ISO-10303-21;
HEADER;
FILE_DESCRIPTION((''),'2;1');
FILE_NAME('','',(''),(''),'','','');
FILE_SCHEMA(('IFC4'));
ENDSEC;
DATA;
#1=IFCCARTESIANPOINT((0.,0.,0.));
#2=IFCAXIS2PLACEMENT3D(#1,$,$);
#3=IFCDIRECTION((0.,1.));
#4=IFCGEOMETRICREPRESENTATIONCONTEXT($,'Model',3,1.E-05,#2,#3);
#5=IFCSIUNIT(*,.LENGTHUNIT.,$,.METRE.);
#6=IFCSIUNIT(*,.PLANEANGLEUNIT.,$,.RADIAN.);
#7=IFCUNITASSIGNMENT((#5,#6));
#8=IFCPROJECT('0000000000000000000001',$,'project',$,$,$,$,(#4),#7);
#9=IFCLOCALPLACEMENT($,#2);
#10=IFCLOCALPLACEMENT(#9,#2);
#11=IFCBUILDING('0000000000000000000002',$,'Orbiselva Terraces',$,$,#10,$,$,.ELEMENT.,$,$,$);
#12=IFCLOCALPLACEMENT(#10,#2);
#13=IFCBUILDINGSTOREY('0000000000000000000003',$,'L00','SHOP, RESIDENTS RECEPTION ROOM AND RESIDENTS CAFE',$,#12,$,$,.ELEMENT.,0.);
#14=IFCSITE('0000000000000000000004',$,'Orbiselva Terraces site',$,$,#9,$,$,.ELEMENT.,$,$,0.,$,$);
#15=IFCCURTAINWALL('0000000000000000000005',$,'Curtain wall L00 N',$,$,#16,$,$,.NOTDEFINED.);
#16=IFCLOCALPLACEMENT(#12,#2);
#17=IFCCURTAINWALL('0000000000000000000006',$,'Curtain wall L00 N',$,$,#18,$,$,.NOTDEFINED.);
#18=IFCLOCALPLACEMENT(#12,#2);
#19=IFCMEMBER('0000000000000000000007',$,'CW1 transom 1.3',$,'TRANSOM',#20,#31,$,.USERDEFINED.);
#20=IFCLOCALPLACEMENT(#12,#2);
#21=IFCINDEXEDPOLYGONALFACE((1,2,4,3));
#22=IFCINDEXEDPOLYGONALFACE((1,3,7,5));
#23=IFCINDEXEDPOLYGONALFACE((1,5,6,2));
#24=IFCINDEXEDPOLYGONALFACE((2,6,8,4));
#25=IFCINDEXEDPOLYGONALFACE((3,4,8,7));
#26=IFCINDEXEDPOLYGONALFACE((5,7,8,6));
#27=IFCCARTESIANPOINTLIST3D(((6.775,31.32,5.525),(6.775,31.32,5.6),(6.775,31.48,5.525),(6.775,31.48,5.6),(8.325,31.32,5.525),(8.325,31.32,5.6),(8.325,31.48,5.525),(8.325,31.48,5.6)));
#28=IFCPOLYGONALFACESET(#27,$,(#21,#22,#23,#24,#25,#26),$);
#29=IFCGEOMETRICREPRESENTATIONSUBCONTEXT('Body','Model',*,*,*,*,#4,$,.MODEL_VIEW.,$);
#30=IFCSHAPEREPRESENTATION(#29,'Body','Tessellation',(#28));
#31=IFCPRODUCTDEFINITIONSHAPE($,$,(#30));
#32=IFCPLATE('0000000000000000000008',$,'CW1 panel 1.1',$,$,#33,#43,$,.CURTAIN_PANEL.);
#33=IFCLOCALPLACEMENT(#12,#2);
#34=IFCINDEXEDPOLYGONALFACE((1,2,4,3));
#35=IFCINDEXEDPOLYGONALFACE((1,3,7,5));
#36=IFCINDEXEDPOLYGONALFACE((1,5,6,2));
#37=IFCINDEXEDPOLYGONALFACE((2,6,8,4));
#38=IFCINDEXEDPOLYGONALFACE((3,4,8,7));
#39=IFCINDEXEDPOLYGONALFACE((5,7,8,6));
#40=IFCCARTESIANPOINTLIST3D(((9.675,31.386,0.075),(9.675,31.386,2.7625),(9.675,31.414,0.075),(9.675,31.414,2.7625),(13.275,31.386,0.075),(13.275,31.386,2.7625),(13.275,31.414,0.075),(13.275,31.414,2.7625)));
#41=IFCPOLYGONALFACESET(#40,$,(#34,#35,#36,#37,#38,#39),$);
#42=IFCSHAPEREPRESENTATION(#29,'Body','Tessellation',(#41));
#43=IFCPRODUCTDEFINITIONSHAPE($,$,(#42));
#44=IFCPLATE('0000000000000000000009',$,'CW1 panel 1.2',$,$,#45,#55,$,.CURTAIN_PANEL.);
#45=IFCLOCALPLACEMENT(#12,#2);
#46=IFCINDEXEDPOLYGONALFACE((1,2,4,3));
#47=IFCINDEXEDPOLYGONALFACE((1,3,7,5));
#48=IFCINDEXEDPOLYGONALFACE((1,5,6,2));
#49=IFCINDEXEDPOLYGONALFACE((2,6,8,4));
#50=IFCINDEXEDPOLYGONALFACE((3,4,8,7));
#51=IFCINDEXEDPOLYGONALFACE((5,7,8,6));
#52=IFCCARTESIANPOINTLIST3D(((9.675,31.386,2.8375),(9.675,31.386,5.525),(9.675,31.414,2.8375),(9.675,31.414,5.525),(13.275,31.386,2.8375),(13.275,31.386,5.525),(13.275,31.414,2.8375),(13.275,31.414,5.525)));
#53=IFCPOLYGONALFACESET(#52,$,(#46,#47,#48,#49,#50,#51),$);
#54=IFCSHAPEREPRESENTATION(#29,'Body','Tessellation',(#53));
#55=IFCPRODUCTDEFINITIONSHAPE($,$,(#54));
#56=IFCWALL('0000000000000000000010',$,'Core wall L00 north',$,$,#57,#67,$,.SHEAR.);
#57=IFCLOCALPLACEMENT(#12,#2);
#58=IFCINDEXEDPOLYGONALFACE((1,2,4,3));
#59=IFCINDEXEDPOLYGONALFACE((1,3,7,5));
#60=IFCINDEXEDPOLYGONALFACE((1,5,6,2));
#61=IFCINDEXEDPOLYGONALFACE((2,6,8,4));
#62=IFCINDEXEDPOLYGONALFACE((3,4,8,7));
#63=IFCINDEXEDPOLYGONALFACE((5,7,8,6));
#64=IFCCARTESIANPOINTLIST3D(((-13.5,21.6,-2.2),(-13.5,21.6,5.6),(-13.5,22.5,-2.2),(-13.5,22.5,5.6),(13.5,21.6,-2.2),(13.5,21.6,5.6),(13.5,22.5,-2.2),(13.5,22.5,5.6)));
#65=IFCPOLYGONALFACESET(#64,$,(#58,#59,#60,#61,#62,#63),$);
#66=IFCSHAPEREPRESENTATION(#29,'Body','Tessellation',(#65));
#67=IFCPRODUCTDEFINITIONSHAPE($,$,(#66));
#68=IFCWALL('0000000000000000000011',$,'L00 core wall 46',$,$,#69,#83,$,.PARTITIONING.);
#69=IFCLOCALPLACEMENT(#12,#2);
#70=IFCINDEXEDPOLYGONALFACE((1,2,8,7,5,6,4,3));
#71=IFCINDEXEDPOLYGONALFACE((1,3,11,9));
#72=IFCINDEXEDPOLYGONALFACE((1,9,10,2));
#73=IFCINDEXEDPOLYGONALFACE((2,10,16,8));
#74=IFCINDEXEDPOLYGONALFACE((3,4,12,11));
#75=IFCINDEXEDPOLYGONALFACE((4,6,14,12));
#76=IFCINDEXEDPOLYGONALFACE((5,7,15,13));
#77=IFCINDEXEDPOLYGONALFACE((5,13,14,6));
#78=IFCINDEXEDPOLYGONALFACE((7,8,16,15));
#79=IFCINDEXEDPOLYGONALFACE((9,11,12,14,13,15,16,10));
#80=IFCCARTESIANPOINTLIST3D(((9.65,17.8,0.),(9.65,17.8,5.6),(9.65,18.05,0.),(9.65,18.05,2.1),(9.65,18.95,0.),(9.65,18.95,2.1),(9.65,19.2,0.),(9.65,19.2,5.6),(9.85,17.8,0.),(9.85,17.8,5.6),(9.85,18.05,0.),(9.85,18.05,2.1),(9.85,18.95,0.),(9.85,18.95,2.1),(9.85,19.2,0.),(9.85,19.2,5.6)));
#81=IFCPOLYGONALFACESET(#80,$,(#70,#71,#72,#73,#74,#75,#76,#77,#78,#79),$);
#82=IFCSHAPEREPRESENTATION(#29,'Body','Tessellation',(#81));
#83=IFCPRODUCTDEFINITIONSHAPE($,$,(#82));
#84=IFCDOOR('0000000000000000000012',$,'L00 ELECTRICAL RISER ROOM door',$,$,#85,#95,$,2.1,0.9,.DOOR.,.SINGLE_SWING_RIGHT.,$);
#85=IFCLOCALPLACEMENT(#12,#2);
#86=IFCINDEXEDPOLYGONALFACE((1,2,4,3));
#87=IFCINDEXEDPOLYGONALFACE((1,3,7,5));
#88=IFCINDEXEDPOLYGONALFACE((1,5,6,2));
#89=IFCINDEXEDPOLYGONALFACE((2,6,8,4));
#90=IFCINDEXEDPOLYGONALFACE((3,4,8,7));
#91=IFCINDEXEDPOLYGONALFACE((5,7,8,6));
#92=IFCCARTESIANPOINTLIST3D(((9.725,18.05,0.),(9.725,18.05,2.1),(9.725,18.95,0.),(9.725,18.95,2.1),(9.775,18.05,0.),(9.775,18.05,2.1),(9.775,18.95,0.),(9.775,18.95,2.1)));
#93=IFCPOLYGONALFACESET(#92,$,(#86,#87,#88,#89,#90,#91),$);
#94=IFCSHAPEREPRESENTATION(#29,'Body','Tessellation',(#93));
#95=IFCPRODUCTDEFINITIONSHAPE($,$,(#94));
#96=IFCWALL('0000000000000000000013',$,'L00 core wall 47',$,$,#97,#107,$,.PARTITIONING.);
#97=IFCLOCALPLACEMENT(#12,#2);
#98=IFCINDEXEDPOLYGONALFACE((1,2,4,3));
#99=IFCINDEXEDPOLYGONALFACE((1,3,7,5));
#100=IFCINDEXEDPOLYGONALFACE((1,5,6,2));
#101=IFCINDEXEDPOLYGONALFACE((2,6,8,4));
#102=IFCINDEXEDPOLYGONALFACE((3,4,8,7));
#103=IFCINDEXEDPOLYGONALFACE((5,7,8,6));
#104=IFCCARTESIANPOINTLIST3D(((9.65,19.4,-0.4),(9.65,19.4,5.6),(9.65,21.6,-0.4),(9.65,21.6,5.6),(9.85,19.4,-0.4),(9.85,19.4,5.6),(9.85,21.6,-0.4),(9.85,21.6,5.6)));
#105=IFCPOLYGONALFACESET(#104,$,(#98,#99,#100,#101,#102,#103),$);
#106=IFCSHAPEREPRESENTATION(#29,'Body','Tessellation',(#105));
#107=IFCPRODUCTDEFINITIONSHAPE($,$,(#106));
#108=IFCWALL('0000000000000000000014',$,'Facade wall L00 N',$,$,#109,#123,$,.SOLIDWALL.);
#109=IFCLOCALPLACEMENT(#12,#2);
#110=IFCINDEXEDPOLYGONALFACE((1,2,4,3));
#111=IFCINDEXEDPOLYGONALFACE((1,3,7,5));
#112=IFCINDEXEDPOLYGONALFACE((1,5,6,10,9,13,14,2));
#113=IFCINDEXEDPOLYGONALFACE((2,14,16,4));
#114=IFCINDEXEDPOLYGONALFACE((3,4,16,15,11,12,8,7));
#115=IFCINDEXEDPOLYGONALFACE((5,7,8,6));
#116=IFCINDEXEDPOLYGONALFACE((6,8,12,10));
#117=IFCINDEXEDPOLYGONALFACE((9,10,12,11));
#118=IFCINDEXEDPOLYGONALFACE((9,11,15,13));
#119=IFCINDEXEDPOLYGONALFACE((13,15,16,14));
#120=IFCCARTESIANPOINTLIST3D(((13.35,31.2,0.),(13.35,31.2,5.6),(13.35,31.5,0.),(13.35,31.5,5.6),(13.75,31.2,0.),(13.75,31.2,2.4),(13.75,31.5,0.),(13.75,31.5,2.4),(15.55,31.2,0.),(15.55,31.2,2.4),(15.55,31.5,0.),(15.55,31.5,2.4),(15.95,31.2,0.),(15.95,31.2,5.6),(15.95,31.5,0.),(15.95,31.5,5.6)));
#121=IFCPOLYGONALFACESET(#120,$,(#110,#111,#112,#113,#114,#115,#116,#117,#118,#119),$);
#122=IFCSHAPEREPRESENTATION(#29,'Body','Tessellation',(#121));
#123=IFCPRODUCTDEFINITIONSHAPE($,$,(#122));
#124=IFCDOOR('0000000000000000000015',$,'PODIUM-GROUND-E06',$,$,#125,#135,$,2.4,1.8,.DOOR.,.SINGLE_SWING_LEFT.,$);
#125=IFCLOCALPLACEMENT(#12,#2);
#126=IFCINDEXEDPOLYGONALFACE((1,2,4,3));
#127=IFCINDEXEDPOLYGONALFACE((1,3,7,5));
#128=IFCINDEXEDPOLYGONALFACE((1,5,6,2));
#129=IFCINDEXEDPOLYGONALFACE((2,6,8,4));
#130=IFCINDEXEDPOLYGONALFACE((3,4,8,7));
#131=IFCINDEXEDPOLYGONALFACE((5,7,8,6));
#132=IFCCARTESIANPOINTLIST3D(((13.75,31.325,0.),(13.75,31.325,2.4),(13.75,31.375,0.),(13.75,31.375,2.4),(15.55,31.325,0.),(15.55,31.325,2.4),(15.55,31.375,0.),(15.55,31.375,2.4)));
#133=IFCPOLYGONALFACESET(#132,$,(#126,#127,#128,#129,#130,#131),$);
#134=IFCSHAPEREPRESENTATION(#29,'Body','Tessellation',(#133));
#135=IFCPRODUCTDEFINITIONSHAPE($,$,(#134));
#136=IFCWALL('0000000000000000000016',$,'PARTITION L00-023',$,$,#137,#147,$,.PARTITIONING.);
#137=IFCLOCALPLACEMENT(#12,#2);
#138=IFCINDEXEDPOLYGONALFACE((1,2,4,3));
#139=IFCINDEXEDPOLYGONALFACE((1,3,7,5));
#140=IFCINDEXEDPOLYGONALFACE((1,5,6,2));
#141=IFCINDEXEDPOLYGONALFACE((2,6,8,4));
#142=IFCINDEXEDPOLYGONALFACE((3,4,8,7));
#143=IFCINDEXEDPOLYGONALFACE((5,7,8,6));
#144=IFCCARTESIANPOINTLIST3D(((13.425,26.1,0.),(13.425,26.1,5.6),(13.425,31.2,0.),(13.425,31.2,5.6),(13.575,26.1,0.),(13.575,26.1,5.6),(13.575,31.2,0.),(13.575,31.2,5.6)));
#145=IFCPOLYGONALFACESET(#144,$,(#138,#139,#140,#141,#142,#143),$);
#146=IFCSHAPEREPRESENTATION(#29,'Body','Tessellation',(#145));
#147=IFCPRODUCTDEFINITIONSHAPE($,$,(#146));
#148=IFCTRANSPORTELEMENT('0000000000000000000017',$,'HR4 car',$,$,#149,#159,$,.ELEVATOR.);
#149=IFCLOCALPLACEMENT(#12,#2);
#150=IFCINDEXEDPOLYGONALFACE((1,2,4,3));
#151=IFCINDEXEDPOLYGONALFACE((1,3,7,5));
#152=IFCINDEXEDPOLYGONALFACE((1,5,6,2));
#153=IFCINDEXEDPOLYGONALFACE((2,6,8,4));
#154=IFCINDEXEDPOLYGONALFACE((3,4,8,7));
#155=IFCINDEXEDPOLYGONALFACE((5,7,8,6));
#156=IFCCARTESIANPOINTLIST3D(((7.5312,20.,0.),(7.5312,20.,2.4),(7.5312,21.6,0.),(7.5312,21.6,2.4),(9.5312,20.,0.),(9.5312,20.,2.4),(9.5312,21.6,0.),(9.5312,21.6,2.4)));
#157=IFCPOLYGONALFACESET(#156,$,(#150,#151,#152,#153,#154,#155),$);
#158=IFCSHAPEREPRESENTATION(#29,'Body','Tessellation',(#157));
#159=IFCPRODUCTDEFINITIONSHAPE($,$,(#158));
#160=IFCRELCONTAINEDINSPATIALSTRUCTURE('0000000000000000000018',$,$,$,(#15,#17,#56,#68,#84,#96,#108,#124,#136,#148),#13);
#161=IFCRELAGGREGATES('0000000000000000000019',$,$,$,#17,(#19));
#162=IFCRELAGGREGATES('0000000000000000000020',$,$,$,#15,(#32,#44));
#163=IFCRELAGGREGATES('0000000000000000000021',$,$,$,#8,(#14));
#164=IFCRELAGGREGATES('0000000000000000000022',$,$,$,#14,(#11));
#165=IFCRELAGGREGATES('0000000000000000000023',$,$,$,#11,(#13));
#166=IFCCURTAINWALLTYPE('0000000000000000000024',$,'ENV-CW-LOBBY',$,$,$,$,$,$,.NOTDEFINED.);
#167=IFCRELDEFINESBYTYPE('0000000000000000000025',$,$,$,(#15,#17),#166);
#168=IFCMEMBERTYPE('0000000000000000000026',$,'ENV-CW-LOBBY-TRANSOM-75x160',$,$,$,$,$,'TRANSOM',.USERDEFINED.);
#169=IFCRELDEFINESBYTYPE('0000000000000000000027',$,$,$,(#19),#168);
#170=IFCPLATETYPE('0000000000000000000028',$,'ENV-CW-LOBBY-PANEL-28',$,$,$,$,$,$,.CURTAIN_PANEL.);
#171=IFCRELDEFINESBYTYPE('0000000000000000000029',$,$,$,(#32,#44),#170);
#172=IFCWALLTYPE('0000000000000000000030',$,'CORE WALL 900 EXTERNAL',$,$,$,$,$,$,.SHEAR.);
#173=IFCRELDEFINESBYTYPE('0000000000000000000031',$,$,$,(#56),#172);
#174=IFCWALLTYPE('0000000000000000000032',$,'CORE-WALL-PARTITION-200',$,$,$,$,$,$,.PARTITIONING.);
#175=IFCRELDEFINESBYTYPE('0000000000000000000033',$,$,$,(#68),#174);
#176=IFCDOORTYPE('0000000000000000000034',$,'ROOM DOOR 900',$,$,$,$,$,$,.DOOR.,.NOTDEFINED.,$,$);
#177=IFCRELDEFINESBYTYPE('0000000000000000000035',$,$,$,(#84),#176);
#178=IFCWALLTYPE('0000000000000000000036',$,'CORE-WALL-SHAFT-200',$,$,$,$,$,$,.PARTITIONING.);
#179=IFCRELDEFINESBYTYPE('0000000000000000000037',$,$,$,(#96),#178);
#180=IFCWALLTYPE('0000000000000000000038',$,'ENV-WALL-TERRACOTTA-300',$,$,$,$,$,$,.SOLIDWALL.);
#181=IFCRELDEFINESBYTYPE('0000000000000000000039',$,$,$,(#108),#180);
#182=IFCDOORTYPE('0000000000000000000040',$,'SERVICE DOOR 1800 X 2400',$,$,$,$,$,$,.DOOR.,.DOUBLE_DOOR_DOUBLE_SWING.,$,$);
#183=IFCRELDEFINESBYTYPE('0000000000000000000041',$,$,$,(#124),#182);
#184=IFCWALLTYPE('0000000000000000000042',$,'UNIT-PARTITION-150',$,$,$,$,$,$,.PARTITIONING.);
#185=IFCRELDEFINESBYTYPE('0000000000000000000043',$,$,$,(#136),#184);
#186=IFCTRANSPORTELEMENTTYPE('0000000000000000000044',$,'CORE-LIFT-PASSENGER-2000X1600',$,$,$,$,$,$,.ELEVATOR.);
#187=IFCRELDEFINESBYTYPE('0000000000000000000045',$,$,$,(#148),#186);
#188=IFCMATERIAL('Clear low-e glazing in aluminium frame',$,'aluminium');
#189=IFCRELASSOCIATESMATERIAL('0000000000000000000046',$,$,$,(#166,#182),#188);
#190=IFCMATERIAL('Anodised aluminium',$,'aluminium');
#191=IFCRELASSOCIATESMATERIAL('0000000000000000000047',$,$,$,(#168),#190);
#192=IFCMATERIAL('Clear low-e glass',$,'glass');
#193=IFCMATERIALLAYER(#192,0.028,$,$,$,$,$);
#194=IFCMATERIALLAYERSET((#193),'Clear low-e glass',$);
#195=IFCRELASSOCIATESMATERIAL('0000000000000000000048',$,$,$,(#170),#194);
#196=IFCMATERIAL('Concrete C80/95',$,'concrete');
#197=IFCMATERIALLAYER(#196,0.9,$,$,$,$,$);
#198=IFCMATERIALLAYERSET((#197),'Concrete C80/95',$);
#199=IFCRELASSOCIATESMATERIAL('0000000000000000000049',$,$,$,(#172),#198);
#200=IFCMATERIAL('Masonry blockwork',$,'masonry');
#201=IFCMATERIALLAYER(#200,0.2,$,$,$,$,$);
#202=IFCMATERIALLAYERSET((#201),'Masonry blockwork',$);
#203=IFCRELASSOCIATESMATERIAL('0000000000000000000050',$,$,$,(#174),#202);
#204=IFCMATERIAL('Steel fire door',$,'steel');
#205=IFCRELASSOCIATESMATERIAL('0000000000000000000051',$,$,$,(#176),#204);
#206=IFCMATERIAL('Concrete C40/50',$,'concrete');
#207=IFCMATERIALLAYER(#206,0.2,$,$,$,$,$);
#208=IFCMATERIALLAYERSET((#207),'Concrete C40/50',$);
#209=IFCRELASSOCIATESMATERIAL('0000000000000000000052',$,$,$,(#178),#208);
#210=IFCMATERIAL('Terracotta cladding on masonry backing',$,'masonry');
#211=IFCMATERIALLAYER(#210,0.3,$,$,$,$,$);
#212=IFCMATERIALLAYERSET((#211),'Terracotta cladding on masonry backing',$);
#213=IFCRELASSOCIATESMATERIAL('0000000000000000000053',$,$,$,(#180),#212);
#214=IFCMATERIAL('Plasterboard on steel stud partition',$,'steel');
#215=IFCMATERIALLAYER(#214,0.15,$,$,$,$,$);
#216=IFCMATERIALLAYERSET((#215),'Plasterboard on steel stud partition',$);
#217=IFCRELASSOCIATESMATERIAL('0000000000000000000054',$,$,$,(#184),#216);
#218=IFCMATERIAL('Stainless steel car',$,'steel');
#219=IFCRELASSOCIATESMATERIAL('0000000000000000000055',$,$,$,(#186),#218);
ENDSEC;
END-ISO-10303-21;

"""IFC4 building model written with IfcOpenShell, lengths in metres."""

from ifc_helpers import new_model, si_unit, direction, frame, frame_2d, origin, origin_2d, place, context, subcontext, project, spatial, rectangle, extrude, material, layer, layer_set, material_profile, profile_set, type_object, element, fill, aggregate, save


model = new_model("IFC4")

# Units and contexts
model_context = context("Model", 3, precision=1e-05, world=origin(), true_north=direction((0.0, 1.0)))
body_context = subcontext(model_context, "Body", "Model", "MODEL_VIEW")
ifc_project = project(units=[si_unit("LENGTHUNIT", "METRE"), si_unit("PLANEANGLEUNIT", "RADIAN")], contexts=[model_context])

# Site, building, storey
site_placement = place(None, origin())
site = spatial("IfcSite", under=ifc_project, at=site_placement, Name="Orbiselva Terraces site", CompositionType="ELEMENT", RefElevation=0.0)
building_placement = place(site_placement, origin())
building = spatial("IfcBuilding", under=site, at=building_placement, Name="Orbiselva Terraces", CompositionType="ELEMENT")
storey_placement = place(building_placement, origin())
storey = spatial("IfcBuildingStorey", under=building, at=storey_placement, Name="L00", Description="SHOP, RESIDENTS RECEPTION ROOM AND RESIDENTS CAFE", CompositionType="ELEMENT", Elevation=0.0)

# Shared definitions
ifc_material_1 = material(Name="Concrete C40/50", Category="concrete")

# Shared definitions
ifc_material_2 = material(Name="Clear low-e glazing in aluminium frame", Category="aluminium")
curtain_wall_type = type_object("IfcCurtainWallType", Name="ENV-CW-LOBBY", PredefinedType="NOTDEFINED", material=ifc_material_2)
ifc_material_3 = material(Name="Anodised aluminium", Category="aluminium")

# Curtain wall
curtain_wall_1_placement = place(storey_placement, origin())
curtain_wall_1 = element("IfcCurtainWall", 1, at=curtain_wall_1_placement, inside=storey, type_object=curtain_wall_type, Name="Curtain wall L00 N", PredefinedType="NOTDEFINED")

# Curtain wall
curtain_wall_2_placement = place(storey_placement, origin())
curtain_wall_2 = element("IfcCurtainWall", 2, at=curtain_wall_2_placement, inside=storey, type_object=curtain_wall_type, Name="Curtain wall L00 N", PredefinedType="NOTDEFINED")

# Member
ifc_material_profile_1 = material_profile(ifc_material_3, rectangle(XDim=0.16, YDim=0.075, at=origin_2d()), Name="AL 75x160")
ifc_profile_set_1 = profile_set([ifc_material_profile_1], Name="Anodised aluminium")
member_type_1 = type_object("IfcMemberType", Name="ENV-CW-LOBBY-TRANSOM-75x160", ElementType="TRANSOM", PredefinedType="USERDEFINED", material=ifc_profile_set_1)
member_1_placement = place(storey_placement, frame((8.325, 31.4, 5.5625), z_axis=(-1.0, 0.0, 0.0), x_axis=(0.0, -1.0, 0.0)))
member_1 = element("IfcMember", 3, at=member_1_placement, type_object=member_type_1, Name="CW1 transom 1.3", ObjectType="TRANSOM", PredefinedType="USERDEFINED", context=body_context, shape_type="SweptSolid", body=[
    extrude(rectangle(XDim=0.16, YDim=0.075, at=origin_2d()), origin(), (0.0, 0.0, 1.0), 1.55),
])
aggregate(curtain_wall_2, [member_1])

# Plates
ifc_material_4 = material(Name="Clear low-e glass", Category="glass")
ifc_layer_1 = layer(ifc_material_4, 0.028)
ifc_layer_set_1 = layer_set([ifc_layer_1], Name="Clear low-e glass")
plate_type = type_object("IfcPlateType", Name="ENV-CW-LOBBY-PANEL-28", PredefinedType="CURTAIN_PANEL", material=ifc_layer_set_1)
plate_1_placement = place(storey_placement, frame((11.475, 31.4, 0.075), z_axis=(0.0, 0.0, 1.0), x_axis=(-1.0, 0.0, 0.0)))
plate_1 = element("IfcPlate", 4, at=plate_1_placement, type_object=plate_type, Name="CW1 panel 1.1", PredefinedType="CURTAIN_PANEL", context=body_context, shape_type="SweptSolid", body=[
    extrude(rectangle(XDim=3.6, YDim=0.028, at=origin_2d()), origin(), (0.0, 0.0, 1.0), 2.6875),
])
plate_2_placement = place(storey_placement, frame((11.475, 31.4, 2.8375), z_axis=(0.0, 0.0, 1.0), x_axis=(-1.0, 0.0, 0.0)))
plate_2 = element("IfcPlate", 5, at=plate_2_placement, type_object=plate_type, Name="CW1 panel 1.2", PredefinedType="CURTAIN_PANEL", context=body_context, shape_type="SweptSolid", body=[
    extrude(rectangle(XDim=3.6, YDim=0.028, at=origin_2d()), origin(), (0.0, 0.0, 1.0), 2.6875),
])
aggregate(curtain_wall_1, [plate_1, plate_2])

# Wall
ifc_material_5 = material(Name="Concrete C80/95", Category="concrete")
ifc_layer_2 = layer(ifc_material_5, 0.9)
ifc_layer_set_2 = layer_set([ifc_layer_2], Name="Concrete C80/95")
wall_type_1 = type_object("IfcWallType", Name="CORE WALL 900 EXTERNAL", PredefinedType="SHEAR", material=ifc_layer_set_2)
wall_1_placement = place(storey_placement, frame((13.5, 22.05, -2.2), z_axis=(0.0, 0.0, 1.0), x_axis=(-1.0, 0.0, 0.0)))
element("IfcWall", 6, at=wall_1_placement, inside=storey, type_object=wall_type_1, Name="Core wall L00 north", PredefinedType="SHEAR", context=body_context, shape_type="SweptSolid", body=[
    extrude(rectangle(XDim=27.0, YDim=0.9, at=frame_2d((13.5, 0.0))), origin(), (0.0, 0.0, 1.0), 7.8),
])

# Wall, opening, door
ifc_material_6 = material(Name="Masonry blockwork", Category="masonry")
ifc_layer_3 = layer(ifc_material_6, 0.2)
ifc_layer_set_3 = layer_set([ifc_layer_3], Name="Masonry blockwork")
wall_type_2 = type_object("IfcWallType", Name="CORE-WALL-PARTITION-200", PredefinedType="PARTITIONING", material=ifc_layer_set_3)
wall_2_placement = place(storey_placement, frame((9.75, 19.2, 0.0), z_axis=(0.0, 0.0, 1.0), x_axis=(0.0, -1.0, 0.0)))
wall_2 = element("IfcWall", 7, at=wall_2_placement, inside=storey, type_object=wall_type_2, Name="L00 core wall 46", PredefinedType="PARTITIONING", context=body_context, shape_type="SweptSolid", body=[
    extrude(rectangle(XDim=1.4, YDim=0.2, at=frame_2d((0.7, 0.0))), origin(), (0.0, 0.0, 1.0), 5.6),
])
opening_1_placement = place(wall_2_placement, frame((0.25, 0.0, 0.0)))
opening_1 = element("IfcOpeningElement", 8, at=opening_1_placement, cuts=wall_2, PredefinedType="OPENING", context=body_context, shape_type="SweptSolid", body=[
    extrude(rectangle(XDim=0.9, YDim=2.1, at=frame_2d((0.45, 1.05))), frame((0.0, 0.11, 0.0), z_axis=(0.0, -1.0, 0.0), x_axis=(1.0, 0.0, 0.0)), (0.0, 0.0, 1.0), 0.22),
])
ifc_material_7 = material(Name="Steel fire door", Category="steel")
door_type_1 = type_object("IfcDoorType", Name="ROOM DOOR 900", OperationType="NOTDEFINED", PredefinedType="DOOR", material=ifc_material_7)
door_1_placement = place(opening_1_placement, origin())
door_1 = element("IfcDoor", 9, at=door_1_placement, inside=storey, type_object=door_type_1, Name="L00 ELECTRICAL RISER ROOM door", OperationType="SINGLE_SWING_RIGHT", OverallHeight=2.1, OverallWidth=0.9, PredefinedType="DOOR", context=body_context, shape_type="SweptSolid", body=[
    extrude(rectangle(XDim=0.9, YDim=2.1, at=frame_2d((0.45, 1.05))), frame((0.0, 0.025, 0.0), z_axis=(0.0, -1.0, 0.0), x_axis=(1.0, 0.0, 0.0)), (0.0, 0.0, 1.0), 0.05),
])
fill(opening_1, door_1)

# Wall
ifc_layer_4 = layer(ifc_material_1, 0.2)
ifc_layer_set_4 = layer_set([ifc_layer_4], Name="Concrete C40/50")
wall_type_3 = type_object("IfcWallType", Name="CORE-WALL-SHAFT-200", PredefinedType="PARTITIONING", material=ifc_layer_set_4)
wall_3_placement = place(storey_placement, frame((9.75, 19.4, -0.4), z_axis=(0.0, 0.0, 1.0), x_axis=(0.0, 1.0, 0.0)))
element("IfcWall", 10, at=wall_3_placement, inside=storey, type_object=wall_type_3, Name="L00 core wall 47", PredefinedType="PARTITIONING", context=body_context, shape_type="SweptSolid", body=[
    extrude(rectangle(XDim=2.2, YDim=0.2, at=frame_2d((1.1, 0.0))), origin(), (0.0, 0.0, 1.0), 6.0),
])

# Wall, opening, door
ifc_material_8 = material(Name="Terracotta cladding on masonry backing", Category="masonry")
ifc_layer_5 = layer(ifc_material_8, 0.3)
ifc_layer_set_5 = layer_set([ifc_layer_5], Name="Terracotta cladding on masonry backing")
wall_type_4 = type_object("IfcWallType", Name="ENV-WALL-TERRACOTTA-300", PredefinedType="SOLIDWALL", material=ifc_layer_set_5)
wall_4_placement = place(storey_placement, frame((13.35, 31.35, 0.0), z_axis=(0.0, 0.0, 1.0), x_axis=(1.0, 0.0, 0.0)))
wall_4 = element("IfcWall", 11, at=wall_4_placement, inside=storey, type_object=wall_type_4, Name="Facade wall L00 N", PredefinedType="SOLIDWALL", context=body_context, shape_type="SweptSolid", body=[
    extrude(rectangle(XDim=2.6, YDim=0.3, at=frame_2d((1.3, 0.0))), origin(), (0.0, 0.0, 1.0), 5.6),
])
opening_2_placement = place(wall_4_placement, frame((0.4, 0.0, 0.0)))
opening_2 = element("IfcOpeningElement", 12, at=opening_2_placement, cuts=wall_4, PredefinedType="OPENING", context=body_context, shape_type="SweptSolid", body=[
    extrude(rectangle(XDim=1.8, YDim=2.4, at=frame_2d((0.9, 1.2))), frame((0.0, 0.16, 0.0), z_axis=(0.0, -1.0, 0.0), x_axis=(1.0, 0.0, 0.0)), (0.0, 0.0, 1.0), 0.32),
])
door_type_2 = type_object("IfcDoorType", Name="SERVICE DOOR 1800 X 2400", OperationType="DOUBLE_DOOR_DOUBLE_SWING", PredefinedType="DOOR", material=ifc_material_2)
door_2_placement = place(opening_2_placement, origin())
door_2 = element("IfcDoor", 13, at=door_2_placement, inside=storey, type_object=door_type_2, Name="PODIUM-GROUND-E06", OperationType="SINGLE_SWING_LEFT", OverallHeight=2.4, OverallWidth=1.8, PredefinedType="DOOR", context=body_context, shape_type="SweptSolid", body=[
    extrude(rectangle(XDim=1.8, YDim=2.4, at=frame_2d((0.9, 1.2))), frame((0.0, 0.025, 0.0), z_axis=(0.0, -1.0, 0.0), x_axis=(1.0, 0.0, 0.0)), (0.0, 0.0, 1.0), 0.05),
])
fill(opening_2, door_2)

# Wall
ifc_material_9 = material(Name="Plasterboard on steel stud partition", Category="steel")
ifc_layer_6 = layer(ifc_material_9, 0.15)
ifc_layer_set_6 = layer_set([ifc_layer_6], Name="Plasterboard on steel stud partition")
wall_type_5 = type_object("IfcWallType", Name="UNIT-PARTITION-150", PredefinedType="PARTITIONING", material=ifc_layer_set_6)
wall_5_placement = place(storey_placement, frame((13.5, 26.1, 0.0), z_axis=(0.0, 0.0, 1.0), x_axis=(0.0, 1.0, 0.0)))
element("IfcWall", 14, at=wall_5_placement, inside=storey, type_object=wall_type_5, Name="PARTITION L00-023", PredefinedType="PARTITIONING", context=body_context, shape_type="SweptSolid", body=[
    extrude(rectangle(XDim=5.1, YDim=0.15, at=frame_2d((2.55, 0.0))), origin(), (0.0, 0.0, 1.0), 5.6),
])

# Transport element
ifc_material_10 = material(Name="Stainless steel car", Category="steel")
transport_element_type = type_object("IfcTransportElementType", Name="CORE-LIFT-PASSENGER-2000X1600", PredefinedType="ELEVATOR", material=ifc_material_10)
transport_element_placement = place(storey_placement, frame((8.5312, 20.8, 0.0), z_axis=(0.0, 0.0, 1.0), x_axis=(1.0, 0.0, 0.0)))
element("IfcTransportElement", 15, at=transport_element_placement, inside=storey, type_object=transport_element_type, Name="HR4 car", PredefinedType="ELEVATOR", context=body_context, shape_type="SweptSolid", body=[
    extrude(rectangle(XDim=2.0, YDim=1.6, at=origin_2d()), origin(), (0.0, 0.0, 1.0), 2.4),
])

save(model, "model.ifc")
